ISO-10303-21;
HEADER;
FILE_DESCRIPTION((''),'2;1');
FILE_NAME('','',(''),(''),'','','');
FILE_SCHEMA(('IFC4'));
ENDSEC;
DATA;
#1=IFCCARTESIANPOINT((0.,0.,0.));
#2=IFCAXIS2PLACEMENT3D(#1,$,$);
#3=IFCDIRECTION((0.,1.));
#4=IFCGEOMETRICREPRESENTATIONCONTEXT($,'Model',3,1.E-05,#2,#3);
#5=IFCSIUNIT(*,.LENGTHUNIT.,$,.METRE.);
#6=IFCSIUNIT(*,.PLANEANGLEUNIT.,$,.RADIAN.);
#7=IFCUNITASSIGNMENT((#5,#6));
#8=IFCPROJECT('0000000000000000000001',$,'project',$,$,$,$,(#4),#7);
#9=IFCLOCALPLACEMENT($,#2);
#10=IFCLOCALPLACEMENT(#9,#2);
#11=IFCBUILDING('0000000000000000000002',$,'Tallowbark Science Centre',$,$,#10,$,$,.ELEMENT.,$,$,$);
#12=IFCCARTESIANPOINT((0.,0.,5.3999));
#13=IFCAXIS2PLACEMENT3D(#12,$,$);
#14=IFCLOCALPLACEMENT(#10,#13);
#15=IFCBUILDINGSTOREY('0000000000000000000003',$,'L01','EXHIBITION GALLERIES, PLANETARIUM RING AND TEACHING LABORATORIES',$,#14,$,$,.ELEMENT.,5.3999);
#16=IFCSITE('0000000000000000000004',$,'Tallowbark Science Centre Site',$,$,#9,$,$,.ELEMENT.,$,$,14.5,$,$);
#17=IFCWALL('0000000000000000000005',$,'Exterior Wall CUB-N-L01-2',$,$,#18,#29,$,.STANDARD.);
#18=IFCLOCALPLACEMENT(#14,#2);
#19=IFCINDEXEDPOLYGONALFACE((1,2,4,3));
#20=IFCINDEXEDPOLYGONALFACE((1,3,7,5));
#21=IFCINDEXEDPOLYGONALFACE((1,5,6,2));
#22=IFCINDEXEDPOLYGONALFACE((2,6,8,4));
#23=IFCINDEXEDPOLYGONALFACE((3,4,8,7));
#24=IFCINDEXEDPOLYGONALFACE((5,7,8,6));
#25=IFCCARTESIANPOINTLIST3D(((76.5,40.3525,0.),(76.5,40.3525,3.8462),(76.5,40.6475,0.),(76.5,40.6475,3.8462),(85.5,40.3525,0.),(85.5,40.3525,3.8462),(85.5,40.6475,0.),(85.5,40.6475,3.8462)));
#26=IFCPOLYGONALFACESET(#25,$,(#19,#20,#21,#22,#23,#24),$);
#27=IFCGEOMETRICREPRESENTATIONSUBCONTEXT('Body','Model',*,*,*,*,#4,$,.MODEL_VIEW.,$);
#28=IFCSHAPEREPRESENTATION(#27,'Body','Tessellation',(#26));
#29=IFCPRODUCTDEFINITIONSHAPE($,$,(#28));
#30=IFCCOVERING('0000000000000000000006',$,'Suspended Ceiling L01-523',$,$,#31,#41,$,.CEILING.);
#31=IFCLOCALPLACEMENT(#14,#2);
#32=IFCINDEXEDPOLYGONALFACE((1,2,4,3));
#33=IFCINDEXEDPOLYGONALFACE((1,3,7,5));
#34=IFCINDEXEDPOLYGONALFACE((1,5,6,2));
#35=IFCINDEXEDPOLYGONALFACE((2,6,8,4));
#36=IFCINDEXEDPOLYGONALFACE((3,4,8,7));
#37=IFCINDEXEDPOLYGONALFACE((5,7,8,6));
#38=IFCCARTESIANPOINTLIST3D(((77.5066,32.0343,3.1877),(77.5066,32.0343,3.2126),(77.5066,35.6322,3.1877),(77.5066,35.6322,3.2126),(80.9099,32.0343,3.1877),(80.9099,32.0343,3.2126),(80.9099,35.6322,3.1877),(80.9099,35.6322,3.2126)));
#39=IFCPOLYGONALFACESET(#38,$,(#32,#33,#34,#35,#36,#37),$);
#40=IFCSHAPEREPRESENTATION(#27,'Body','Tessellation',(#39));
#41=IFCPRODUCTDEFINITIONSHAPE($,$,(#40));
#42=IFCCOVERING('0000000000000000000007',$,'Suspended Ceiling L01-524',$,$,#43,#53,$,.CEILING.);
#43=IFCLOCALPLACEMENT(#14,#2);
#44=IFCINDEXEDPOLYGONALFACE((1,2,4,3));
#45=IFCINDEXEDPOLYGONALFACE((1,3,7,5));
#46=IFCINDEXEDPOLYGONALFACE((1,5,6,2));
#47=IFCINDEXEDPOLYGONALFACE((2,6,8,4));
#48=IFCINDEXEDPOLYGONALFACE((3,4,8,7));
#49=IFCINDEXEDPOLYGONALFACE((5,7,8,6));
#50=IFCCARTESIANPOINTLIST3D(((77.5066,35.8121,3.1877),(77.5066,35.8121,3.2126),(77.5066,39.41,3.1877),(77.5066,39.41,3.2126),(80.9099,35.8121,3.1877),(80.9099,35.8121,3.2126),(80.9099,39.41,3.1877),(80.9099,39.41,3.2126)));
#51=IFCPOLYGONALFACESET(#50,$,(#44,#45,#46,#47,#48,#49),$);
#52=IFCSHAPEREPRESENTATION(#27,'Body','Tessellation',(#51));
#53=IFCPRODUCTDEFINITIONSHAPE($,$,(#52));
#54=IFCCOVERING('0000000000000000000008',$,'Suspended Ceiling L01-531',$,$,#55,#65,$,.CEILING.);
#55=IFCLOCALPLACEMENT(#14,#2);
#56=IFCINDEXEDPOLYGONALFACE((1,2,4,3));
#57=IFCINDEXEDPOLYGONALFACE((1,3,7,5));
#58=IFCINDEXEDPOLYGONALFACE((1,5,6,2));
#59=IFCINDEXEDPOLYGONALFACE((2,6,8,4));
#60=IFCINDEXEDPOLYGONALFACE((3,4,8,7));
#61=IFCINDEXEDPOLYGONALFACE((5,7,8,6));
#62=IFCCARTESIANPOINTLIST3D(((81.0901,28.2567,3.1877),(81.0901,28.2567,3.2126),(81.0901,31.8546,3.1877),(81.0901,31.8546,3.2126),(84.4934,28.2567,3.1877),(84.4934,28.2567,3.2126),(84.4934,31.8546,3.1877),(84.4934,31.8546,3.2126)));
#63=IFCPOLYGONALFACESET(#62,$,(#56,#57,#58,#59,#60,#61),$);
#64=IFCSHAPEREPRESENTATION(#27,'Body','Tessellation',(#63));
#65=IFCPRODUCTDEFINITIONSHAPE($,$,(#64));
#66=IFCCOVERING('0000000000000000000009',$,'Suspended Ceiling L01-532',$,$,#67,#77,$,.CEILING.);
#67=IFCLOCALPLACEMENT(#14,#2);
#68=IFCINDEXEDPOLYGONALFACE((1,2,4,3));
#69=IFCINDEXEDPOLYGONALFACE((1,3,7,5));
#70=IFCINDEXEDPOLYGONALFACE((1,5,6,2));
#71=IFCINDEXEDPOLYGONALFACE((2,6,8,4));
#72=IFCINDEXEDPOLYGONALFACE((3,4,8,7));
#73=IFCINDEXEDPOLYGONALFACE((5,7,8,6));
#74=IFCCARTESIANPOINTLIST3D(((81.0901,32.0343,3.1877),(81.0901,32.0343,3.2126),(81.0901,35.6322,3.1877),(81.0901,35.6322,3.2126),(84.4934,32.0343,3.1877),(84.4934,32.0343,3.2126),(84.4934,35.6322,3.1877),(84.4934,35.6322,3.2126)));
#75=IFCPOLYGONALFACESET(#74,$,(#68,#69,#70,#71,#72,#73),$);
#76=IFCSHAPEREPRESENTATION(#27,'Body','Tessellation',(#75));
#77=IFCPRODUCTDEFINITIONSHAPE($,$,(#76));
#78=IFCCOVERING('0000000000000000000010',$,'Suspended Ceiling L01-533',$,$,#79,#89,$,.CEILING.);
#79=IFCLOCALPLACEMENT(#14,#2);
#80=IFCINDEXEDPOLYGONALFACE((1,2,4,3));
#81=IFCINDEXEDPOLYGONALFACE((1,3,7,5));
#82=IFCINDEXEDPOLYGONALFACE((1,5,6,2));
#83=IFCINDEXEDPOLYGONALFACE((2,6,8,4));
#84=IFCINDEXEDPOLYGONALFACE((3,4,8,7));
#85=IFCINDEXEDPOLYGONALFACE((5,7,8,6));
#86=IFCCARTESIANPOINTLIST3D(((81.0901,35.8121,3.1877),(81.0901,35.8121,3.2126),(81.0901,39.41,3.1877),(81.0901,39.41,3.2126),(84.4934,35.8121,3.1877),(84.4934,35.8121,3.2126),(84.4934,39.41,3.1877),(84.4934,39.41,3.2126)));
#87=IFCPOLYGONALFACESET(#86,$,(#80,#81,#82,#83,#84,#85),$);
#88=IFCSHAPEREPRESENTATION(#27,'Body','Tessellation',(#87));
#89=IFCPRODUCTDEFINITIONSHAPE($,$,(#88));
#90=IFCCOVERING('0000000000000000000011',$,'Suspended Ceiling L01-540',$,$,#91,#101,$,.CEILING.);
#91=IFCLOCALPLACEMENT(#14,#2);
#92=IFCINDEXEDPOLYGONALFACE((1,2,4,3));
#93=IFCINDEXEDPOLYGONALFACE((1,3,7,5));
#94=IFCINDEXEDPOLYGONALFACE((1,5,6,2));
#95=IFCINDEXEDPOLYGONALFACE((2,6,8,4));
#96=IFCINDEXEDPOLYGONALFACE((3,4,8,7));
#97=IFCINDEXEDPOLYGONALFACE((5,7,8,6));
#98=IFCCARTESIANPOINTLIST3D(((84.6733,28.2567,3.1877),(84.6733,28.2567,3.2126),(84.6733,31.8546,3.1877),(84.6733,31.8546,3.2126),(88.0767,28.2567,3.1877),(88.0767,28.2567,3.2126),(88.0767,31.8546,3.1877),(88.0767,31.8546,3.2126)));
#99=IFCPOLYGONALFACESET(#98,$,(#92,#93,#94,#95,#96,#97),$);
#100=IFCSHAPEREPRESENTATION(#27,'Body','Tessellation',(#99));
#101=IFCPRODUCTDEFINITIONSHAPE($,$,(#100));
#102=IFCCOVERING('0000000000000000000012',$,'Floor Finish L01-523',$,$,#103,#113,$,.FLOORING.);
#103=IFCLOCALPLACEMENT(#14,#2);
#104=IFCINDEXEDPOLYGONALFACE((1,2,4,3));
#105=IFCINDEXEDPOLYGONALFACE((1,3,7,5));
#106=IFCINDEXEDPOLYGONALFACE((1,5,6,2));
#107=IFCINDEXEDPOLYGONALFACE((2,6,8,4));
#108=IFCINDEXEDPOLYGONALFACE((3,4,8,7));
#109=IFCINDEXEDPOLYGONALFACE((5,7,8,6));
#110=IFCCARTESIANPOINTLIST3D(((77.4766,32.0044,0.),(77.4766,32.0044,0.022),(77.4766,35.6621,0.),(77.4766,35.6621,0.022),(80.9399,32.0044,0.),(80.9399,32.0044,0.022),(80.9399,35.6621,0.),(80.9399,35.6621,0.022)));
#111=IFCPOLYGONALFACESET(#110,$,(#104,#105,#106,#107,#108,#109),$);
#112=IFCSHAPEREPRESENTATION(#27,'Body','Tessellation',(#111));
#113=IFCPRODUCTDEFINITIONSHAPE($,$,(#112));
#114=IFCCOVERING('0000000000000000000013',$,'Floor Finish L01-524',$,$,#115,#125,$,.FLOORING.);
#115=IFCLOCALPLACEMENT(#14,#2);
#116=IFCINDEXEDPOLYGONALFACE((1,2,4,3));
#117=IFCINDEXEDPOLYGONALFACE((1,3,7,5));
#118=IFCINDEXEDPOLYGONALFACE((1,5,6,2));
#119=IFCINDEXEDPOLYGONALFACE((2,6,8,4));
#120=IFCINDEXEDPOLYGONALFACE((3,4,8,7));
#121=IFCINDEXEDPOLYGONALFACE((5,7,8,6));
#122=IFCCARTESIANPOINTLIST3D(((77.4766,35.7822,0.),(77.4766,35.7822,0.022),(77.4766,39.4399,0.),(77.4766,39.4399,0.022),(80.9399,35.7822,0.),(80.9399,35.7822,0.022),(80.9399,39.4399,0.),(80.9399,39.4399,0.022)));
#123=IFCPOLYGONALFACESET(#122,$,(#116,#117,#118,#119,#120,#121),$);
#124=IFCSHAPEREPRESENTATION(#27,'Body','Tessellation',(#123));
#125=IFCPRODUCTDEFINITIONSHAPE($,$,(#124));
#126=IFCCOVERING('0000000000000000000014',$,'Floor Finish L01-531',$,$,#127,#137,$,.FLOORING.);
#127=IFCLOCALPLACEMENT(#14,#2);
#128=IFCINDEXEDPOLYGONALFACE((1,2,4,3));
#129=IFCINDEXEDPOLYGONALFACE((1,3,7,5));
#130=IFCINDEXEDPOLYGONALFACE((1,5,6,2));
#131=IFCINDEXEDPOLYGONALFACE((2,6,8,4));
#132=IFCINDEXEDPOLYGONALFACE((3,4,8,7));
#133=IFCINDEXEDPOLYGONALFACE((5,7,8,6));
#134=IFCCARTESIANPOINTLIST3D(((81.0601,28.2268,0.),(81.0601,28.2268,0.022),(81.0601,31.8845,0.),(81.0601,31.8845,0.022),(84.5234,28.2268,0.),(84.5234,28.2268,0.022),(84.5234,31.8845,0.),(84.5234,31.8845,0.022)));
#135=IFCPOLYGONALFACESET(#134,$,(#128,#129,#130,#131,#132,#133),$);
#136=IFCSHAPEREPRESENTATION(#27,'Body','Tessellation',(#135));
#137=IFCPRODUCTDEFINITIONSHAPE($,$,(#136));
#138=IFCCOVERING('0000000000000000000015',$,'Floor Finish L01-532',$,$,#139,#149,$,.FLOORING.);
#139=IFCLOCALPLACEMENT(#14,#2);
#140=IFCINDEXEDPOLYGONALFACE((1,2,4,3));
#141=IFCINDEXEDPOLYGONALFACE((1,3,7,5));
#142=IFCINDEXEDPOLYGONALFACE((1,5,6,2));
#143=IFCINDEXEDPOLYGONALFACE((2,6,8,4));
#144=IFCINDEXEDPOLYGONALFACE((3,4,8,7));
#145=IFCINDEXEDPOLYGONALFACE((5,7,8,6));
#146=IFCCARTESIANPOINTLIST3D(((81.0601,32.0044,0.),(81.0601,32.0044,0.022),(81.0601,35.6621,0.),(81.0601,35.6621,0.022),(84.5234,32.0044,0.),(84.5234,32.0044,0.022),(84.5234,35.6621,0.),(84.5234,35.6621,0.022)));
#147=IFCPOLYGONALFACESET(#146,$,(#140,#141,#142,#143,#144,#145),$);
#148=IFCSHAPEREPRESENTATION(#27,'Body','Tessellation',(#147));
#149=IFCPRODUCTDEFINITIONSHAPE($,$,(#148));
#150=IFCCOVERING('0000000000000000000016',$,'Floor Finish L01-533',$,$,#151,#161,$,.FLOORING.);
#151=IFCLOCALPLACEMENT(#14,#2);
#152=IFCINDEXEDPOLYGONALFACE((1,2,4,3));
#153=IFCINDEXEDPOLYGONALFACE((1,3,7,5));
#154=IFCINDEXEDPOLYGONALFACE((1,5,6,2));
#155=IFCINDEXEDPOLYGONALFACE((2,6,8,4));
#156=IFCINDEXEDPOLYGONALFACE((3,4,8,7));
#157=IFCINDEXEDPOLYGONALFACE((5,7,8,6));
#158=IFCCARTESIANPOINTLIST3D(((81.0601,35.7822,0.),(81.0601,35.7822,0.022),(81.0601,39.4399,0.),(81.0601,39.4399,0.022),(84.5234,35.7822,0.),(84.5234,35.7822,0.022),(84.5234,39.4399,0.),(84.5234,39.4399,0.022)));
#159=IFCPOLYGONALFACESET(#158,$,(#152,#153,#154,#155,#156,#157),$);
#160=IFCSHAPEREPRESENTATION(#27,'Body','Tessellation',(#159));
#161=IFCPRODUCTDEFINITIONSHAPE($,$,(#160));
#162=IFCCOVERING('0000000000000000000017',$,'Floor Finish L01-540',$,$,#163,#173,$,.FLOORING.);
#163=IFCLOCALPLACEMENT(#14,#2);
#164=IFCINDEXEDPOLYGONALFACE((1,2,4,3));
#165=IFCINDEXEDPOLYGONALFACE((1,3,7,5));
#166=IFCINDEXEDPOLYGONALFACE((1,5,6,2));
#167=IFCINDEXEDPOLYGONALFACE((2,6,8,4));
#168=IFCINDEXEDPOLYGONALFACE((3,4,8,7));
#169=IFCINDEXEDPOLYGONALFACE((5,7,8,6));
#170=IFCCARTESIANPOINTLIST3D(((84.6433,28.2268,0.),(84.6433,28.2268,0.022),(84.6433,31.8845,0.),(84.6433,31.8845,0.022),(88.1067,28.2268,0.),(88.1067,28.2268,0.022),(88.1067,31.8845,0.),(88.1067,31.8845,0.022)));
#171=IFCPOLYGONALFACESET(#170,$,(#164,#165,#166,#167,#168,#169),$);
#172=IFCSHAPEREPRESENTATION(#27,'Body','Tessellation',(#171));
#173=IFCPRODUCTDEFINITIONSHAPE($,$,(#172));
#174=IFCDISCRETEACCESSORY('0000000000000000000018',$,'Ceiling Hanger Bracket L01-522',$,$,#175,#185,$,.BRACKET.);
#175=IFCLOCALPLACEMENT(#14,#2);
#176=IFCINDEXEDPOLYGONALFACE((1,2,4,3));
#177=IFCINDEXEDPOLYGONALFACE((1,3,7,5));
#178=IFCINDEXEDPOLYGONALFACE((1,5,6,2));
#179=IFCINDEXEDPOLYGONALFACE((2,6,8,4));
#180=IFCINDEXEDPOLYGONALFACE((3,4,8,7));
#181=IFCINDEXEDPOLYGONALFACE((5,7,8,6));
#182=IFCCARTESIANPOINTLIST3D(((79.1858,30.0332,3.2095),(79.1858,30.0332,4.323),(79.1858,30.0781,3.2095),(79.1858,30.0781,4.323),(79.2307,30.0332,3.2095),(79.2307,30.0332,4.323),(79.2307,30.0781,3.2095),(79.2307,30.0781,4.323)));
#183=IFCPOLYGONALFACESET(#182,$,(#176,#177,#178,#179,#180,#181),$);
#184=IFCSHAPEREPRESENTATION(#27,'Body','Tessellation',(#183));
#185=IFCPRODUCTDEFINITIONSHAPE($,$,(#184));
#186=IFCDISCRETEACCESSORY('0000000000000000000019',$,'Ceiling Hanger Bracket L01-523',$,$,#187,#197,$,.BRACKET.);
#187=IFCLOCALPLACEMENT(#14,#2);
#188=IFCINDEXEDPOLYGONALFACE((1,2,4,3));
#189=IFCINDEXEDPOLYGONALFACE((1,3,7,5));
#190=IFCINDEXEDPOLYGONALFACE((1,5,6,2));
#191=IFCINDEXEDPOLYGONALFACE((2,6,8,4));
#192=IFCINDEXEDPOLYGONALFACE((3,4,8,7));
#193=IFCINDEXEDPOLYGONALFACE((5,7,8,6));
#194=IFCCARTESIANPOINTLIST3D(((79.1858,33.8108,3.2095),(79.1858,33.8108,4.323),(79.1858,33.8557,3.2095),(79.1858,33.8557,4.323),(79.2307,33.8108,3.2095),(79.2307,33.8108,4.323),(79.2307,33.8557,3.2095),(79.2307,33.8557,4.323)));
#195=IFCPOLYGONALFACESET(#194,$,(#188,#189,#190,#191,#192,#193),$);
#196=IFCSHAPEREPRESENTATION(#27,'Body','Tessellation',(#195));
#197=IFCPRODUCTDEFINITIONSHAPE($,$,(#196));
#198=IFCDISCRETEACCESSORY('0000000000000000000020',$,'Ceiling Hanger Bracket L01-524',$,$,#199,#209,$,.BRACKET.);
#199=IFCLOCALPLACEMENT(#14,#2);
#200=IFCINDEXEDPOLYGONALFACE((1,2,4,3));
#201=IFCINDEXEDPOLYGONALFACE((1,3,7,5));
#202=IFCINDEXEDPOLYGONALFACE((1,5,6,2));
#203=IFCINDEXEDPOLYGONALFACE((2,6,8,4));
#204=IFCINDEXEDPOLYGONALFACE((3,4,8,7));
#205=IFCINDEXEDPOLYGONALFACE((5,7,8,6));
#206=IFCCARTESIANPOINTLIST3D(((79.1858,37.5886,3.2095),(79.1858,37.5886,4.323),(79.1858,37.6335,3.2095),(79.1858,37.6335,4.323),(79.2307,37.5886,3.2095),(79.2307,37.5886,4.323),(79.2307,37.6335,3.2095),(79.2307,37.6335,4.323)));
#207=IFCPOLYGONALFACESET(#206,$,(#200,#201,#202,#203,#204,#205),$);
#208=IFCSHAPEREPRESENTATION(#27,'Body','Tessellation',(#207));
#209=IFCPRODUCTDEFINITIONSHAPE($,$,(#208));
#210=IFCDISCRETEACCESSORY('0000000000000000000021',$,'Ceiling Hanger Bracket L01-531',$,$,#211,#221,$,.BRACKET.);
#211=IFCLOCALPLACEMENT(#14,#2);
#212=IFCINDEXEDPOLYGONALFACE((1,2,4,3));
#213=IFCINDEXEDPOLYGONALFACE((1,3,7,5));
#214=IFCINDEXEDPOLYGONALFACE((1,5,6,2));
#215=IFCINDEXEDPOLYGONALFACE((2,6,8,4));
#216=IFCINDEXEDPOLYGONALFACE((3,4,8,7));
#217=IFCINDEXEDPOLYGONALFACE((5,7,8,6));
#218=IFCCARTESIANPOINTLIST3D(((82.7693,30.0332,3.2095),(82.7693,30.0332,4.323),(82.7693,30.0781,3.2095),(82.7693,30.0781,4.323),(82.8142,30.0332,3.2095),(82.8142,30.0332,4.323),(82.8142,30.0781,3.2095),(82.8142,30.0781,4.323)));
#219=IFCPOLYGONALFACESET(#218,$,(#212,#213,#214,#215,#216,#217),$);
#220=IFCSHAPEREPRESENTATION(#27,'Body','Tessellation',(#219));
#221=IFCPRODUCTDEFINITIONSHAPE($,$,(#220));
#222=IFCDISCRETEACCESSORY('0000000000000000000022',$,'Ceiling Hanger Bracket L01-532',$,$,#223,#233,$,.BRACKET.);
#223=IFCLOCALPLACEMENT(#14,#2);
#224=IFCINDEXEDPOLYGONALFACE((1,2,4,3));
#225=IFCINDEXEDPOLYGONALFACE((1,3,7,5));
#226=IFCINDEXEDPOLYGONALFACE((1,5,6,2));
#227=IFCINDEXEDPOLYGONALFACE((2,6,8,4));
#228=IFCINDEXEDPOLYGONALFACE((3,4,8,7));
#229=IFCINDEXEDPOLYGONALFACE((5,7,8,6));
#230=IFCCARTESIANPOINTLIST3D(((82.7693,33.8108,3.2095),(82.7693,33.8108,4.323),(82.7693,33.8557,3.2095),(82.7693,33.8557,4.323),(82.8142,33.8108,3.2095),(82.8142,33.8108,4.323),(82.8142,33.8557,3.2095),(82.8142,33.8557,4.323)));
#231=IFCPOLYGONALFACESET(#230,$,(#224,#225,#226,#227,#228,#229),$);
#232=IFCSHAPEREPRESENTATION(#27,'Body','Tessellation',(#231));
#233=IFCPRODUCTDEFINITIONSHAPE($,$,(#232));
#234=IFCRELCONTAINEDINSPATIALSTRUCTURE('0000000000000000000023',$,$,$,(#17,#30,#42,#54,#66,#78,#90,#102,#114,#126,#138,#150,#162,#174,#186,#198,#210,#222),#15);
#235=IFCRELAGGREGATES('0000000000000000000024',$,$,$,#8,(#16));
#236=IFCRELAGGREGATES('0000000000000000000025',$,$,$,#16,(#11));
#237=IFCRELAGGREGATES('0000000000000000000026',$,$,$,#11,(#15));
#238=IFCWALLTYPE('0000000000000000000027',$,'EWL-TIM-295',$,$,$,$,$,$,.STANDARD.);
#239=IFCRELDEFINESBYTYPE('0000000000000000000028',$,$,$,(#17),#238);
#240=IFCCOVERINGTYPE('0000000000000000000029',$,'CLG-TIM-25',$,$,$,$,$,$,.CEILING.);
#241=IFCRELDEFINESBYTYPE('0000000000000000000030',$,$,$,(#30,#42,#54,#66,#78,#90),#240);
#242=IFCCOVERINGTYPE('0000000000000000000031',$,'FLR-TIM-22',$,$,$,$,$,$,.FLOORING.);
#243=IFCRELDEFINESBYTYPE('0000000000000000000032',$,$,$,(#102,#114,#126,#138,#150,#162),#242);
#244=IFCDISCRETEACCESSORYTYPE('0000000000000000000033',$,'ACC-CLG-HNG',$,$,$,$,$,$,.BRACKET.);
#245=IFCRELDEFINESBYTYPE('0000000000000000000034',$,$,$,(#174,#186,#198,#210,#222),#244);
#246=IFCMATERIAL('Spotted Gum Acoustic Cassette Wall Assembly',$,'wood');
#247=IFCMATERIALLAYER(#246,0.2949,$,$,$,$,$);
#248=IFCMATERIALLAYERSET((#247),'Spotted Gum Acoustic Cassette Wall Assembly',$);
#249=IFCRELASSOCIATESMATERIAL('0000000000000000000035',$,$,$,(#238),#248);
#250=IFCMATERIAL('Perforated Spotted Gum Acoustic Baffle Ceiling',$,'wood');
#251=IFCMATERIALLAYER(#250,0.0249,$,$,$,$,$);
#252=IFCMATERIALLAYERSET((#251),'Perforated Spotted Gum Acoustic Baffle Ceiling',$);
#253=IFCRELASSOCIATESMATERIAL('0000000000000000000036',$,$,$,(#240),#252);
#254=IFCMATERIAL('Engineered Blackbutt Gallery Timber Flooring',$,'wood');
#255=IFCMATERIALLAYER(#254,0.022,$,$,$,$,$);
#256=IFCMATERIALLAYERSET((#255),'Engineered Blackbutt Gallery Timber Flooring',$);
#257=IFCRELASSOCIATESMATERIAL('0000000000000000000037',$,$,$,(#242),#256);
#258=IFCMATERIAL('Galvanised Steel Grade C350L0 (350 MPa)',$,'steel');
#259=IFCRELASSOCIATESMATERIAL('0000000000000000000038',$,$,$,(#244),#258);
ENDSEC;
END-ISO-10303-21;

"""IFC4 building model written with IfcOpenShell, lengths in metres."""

from ifc_helpers import new_model, si_unit, direction, frame, frame_2d, origin, origin_2d, place, context, subcontext, project, spatial, rectangle, extrude, material, layer, layer_set, type_object, element, save


model = new_model("IFC4")

# Units and contexts
model_context = context("Model", 3, precision=1e-05, world=origin(), true_north=direction((0.0, 1.0)))
body_context = subcontext(model_context, "Body", "Model", "MODEL_VIEW")
ifc_project = project(units=[si_unit("LENGTHUNIT", "METRE"), si_unit("PLANEANGLEUNIT", "RADIAN")], contexts=[model_context])

# Site, building, storey
site_placement = place(None, origin())
site = spatial("IfcSite", under=ifc_project, at=site_placement, Name="Tallowbark Science Centre Site", CompositionType="ELEMENT", RefElevation=14.5)
building_placement = place(site_placement, origin())
building = spatial("IfcBuilding", under=site, at=building_placement, Name="Tallowbark Science Centre", CompositionType="ELEMENT")
storey_placement = place(building_placement, frame((0.0, 0.0, 5.3999)))
storey = spatial("IfcBuildingStorey", under=building, at=storey_placement, Name="L01", Description="EXHIBITION GALLERIES, PLANETARIUM RING AND TEACHING LABORATORIES", CompositionType="ELEMENT", Elevation=5.3999)

# Wall
ifc_material_1 = material(Name="Spotted Gum Acoustic Cassette Wall Assembly", Category="wood")
ifc_layer_1 = layer(ifc_material_1, 0.2949)
ifc_layer_set_1 = layer_set([ifc_layer_1], Name="Spotted Gum Acoustic Cassette Wall Assembly")
wall_type = type_object("IfcWallType", Name="EWL-TIM-295", PredefinedType="STANDARD", material=ifc_layer_set_1)
wall_placement = place(storey_placement, frame((85.5, 40.5, 0.0), z_axis=(0.0, 0.0, 1.0), x_axis=(-1.0, 0.0, 0.0)))
element("IfcWall", 1, at=wall_placement, inside=storey, type_object=wall_type, Name="Exterior Wall CUB-N-L01-2", PredefinedType="STANDARD", context=body_context, shape_type="SweptSolid", body=[
    extrude(rectangle(XDim=9.0, YDim=0.2949, at=frame_2d((4.5, 0.0))), origin(), (0.0, 0.0, 1.0), 3.8462),
])

# Coverings
ifc_material_2 = material(Name="Perforated Spotted Gum Acoustic Baffle Ceiling", Category="wood")
ifc_layer_2 = layer(ifc_material_2, 0.0249)
ifc_layer_set_2 = layer_set([ifc_layer_2], Name="Perforated Spotted Gum Acoustic Baffle Ceiling")
covering_type_1 = type_object("IfcCoveringType", Name="CLG-TIM-25", PredefinedType="CEILING", material=ifc_layer_set_2)
for number, where, z_axis, x_axis, name in (
    (2, (79.2083, 33.8333, 3.1877), (0.0, 0.0, 1.0), (1.0, 0.0, 0.0), "Suspended Ceiling L01-523"),
    (3, (79.2083, 37.6111, 3.1877), (0.0, 0.0, 1.0), (1.0, 0.0, 0.0), "Suspended Ceiling L01-524"),
    (4, (82.7917, 30.0557, 3.1877), (0.0, 0.0, 1.0), (1.0, 0.0, 0.0), "Suspended Ceiling L01-531"),
    (5, (82.7917, 33.8333, 3.1877), (0.0, 0.0, 1.0), (1.0, 0.0, 0.0), "Suspended Ceiling L01-532"),
    (6, (82.7917, 37.6111, 3.1877), (0.0, 0.0, 1.0), (1.0, 0.0, 0.0), "Suspended Ceiling L01-533"),
    (7, (86.375, 30.0557, 3.1877), (0.0, 0.0, 1.0), (1.0, 0.0, 0.0), "Suspended Ceiling L01-540"),
):
    element("IfcCovering", number, at=place(storey_placement, frame(where, z_axis=z_axis, x_axis=x_axis)), inside=storey, type_object=covering_type_1, Name=name, PredefinedType="CEILING", context=body_context, shape_type="SweptSolid", body=[
        extrude(rectangle(XDim=3.4033, YDim=3.5979, at=origin_2d()), origin(), (0.0, 0.0, 1.0), 0.0249),
    ])
ifc_material_3 = material(Name="Engineered Blackbutt Gallery Timber Flooring", Category="wood")
ifc_layer_3 = layer(ifc_material_3, 0.022)
ifc_layer_set_3 = layer_set([ifc_layer_3], Name="Engineered Blackbutt Gallery Timber Flooring")
covering_type_2 = type_object("IfcCoveringType", Name="FLR-TIM-22", PredefinedType="FLOORING", material=ifc_layer_set_3)
for number, where, z_axis, x_axis, name in (
    (8, (79.2083, 33.8333, 0.0), (0.0, 0.0, 1.0), (1.0, 0.0, 0.0), "Floor Finish L01-523"),
    (9, (79.2083, 37.6111, 0.0), (0.0, 0.0, 1.0), (1.0, 0.0, 0.0), "Floor Finish L01-524"),
    (10, (82.7917, 30.0557, 0.0), (0.0, 0.0, 1.0), (1.0, 0.0, 0.0), "Floor Finish L01-531"),
    (11, (82.7917, 33.8333, 0.0), (0.0, 0.0, 1.0), (1.0, 0.0, 0.0), "Floor Finish L01-532"),
    (12, (82.7917, 37.6111, 0.0), (0.0, 0.0, 1.0), (1.0, 0.0, 0.0), "Floor Finish L01-533"),
    (13, (86.375, 30.0557, 0.0), (0.0, 0.0, 1.0), (1.0, 0.0, 0.0), "Floor Finish L01-540"),
):
    element("IfcCovering", number, at=place(storey_placement, frame(where, z_axis=z_axis, x_axis=x_axis)), inside=storey, type_object=covering_type_2, Name=name, PredefinedType="FLOORING", context=body_context, shape_type="SweptSolid", body=[
        extrude(rectangle(XDim=3.4634, YDim=3.6577, at=origin_2d()), origin(), (0.0, 0.0, 1.0), 0.022),
    ])

# Discrete accessories
ifc_material_4 = material(Name="Galvanised Steel Grade C350L0 (350 MPa)", Category="steel")
discrete_accessory_type = type_object("IfcDiscreteAccessoryType", Name="ACC-CLG-HNG", PredefinedType="BRACKET", material=ifc_material_4)
for number, where, z_axis, x_axis, name in (
    (14, (79.2083, 30.0557, 3.2095), (0.0, 0.0, 1.0), (1.0, 0.0, 0.0), "Ceiling Hanger Bracket L01-522"),
    (15, (79.2083, 33.8333, 3.2095), (0.0, 0.0, 1.0), (1.0, 0.0, 0.0), "Ceiling Hanger Bracket L01-523"),
    (16, (79.2083, 37.6111, 3.2095), (0.0, 0.0, 1.0), (1.0, 0.0, 0.0), "Ceiling Hanger Bracket L01-524"),
    (17, (82.7917, 30.0557, 3.2095), (0.0, 0.0, 1.0), (1.0, 0.0, 0.0), "Ceiling Hanger Bracket L01-531"),
    (18, (82.7917, 33.8333, 3.2095), (0.0, 0.0, 1.0), (1.0, 0.0, 0.0), "Ceiling Hanger Bracket L01-532"),
):
    element("IfcDiscreteAccessory", number, at=place(storey_placement, frame(where, z_axis=z_axis, x_axis=x_axis)), inside=storey, type_object=discrete_accessory_type, Name=name, PredefinedType="BRACKET", context=body_context, shape_type="SweptSolid", body=[
        extrude(rectangle(XDim=0.0449, YDim=0.0449, at=origin_2d()), origin(), (0.0, 0.0, 1.0), 1.1135),
    ])

save(model, "model.ifc")
